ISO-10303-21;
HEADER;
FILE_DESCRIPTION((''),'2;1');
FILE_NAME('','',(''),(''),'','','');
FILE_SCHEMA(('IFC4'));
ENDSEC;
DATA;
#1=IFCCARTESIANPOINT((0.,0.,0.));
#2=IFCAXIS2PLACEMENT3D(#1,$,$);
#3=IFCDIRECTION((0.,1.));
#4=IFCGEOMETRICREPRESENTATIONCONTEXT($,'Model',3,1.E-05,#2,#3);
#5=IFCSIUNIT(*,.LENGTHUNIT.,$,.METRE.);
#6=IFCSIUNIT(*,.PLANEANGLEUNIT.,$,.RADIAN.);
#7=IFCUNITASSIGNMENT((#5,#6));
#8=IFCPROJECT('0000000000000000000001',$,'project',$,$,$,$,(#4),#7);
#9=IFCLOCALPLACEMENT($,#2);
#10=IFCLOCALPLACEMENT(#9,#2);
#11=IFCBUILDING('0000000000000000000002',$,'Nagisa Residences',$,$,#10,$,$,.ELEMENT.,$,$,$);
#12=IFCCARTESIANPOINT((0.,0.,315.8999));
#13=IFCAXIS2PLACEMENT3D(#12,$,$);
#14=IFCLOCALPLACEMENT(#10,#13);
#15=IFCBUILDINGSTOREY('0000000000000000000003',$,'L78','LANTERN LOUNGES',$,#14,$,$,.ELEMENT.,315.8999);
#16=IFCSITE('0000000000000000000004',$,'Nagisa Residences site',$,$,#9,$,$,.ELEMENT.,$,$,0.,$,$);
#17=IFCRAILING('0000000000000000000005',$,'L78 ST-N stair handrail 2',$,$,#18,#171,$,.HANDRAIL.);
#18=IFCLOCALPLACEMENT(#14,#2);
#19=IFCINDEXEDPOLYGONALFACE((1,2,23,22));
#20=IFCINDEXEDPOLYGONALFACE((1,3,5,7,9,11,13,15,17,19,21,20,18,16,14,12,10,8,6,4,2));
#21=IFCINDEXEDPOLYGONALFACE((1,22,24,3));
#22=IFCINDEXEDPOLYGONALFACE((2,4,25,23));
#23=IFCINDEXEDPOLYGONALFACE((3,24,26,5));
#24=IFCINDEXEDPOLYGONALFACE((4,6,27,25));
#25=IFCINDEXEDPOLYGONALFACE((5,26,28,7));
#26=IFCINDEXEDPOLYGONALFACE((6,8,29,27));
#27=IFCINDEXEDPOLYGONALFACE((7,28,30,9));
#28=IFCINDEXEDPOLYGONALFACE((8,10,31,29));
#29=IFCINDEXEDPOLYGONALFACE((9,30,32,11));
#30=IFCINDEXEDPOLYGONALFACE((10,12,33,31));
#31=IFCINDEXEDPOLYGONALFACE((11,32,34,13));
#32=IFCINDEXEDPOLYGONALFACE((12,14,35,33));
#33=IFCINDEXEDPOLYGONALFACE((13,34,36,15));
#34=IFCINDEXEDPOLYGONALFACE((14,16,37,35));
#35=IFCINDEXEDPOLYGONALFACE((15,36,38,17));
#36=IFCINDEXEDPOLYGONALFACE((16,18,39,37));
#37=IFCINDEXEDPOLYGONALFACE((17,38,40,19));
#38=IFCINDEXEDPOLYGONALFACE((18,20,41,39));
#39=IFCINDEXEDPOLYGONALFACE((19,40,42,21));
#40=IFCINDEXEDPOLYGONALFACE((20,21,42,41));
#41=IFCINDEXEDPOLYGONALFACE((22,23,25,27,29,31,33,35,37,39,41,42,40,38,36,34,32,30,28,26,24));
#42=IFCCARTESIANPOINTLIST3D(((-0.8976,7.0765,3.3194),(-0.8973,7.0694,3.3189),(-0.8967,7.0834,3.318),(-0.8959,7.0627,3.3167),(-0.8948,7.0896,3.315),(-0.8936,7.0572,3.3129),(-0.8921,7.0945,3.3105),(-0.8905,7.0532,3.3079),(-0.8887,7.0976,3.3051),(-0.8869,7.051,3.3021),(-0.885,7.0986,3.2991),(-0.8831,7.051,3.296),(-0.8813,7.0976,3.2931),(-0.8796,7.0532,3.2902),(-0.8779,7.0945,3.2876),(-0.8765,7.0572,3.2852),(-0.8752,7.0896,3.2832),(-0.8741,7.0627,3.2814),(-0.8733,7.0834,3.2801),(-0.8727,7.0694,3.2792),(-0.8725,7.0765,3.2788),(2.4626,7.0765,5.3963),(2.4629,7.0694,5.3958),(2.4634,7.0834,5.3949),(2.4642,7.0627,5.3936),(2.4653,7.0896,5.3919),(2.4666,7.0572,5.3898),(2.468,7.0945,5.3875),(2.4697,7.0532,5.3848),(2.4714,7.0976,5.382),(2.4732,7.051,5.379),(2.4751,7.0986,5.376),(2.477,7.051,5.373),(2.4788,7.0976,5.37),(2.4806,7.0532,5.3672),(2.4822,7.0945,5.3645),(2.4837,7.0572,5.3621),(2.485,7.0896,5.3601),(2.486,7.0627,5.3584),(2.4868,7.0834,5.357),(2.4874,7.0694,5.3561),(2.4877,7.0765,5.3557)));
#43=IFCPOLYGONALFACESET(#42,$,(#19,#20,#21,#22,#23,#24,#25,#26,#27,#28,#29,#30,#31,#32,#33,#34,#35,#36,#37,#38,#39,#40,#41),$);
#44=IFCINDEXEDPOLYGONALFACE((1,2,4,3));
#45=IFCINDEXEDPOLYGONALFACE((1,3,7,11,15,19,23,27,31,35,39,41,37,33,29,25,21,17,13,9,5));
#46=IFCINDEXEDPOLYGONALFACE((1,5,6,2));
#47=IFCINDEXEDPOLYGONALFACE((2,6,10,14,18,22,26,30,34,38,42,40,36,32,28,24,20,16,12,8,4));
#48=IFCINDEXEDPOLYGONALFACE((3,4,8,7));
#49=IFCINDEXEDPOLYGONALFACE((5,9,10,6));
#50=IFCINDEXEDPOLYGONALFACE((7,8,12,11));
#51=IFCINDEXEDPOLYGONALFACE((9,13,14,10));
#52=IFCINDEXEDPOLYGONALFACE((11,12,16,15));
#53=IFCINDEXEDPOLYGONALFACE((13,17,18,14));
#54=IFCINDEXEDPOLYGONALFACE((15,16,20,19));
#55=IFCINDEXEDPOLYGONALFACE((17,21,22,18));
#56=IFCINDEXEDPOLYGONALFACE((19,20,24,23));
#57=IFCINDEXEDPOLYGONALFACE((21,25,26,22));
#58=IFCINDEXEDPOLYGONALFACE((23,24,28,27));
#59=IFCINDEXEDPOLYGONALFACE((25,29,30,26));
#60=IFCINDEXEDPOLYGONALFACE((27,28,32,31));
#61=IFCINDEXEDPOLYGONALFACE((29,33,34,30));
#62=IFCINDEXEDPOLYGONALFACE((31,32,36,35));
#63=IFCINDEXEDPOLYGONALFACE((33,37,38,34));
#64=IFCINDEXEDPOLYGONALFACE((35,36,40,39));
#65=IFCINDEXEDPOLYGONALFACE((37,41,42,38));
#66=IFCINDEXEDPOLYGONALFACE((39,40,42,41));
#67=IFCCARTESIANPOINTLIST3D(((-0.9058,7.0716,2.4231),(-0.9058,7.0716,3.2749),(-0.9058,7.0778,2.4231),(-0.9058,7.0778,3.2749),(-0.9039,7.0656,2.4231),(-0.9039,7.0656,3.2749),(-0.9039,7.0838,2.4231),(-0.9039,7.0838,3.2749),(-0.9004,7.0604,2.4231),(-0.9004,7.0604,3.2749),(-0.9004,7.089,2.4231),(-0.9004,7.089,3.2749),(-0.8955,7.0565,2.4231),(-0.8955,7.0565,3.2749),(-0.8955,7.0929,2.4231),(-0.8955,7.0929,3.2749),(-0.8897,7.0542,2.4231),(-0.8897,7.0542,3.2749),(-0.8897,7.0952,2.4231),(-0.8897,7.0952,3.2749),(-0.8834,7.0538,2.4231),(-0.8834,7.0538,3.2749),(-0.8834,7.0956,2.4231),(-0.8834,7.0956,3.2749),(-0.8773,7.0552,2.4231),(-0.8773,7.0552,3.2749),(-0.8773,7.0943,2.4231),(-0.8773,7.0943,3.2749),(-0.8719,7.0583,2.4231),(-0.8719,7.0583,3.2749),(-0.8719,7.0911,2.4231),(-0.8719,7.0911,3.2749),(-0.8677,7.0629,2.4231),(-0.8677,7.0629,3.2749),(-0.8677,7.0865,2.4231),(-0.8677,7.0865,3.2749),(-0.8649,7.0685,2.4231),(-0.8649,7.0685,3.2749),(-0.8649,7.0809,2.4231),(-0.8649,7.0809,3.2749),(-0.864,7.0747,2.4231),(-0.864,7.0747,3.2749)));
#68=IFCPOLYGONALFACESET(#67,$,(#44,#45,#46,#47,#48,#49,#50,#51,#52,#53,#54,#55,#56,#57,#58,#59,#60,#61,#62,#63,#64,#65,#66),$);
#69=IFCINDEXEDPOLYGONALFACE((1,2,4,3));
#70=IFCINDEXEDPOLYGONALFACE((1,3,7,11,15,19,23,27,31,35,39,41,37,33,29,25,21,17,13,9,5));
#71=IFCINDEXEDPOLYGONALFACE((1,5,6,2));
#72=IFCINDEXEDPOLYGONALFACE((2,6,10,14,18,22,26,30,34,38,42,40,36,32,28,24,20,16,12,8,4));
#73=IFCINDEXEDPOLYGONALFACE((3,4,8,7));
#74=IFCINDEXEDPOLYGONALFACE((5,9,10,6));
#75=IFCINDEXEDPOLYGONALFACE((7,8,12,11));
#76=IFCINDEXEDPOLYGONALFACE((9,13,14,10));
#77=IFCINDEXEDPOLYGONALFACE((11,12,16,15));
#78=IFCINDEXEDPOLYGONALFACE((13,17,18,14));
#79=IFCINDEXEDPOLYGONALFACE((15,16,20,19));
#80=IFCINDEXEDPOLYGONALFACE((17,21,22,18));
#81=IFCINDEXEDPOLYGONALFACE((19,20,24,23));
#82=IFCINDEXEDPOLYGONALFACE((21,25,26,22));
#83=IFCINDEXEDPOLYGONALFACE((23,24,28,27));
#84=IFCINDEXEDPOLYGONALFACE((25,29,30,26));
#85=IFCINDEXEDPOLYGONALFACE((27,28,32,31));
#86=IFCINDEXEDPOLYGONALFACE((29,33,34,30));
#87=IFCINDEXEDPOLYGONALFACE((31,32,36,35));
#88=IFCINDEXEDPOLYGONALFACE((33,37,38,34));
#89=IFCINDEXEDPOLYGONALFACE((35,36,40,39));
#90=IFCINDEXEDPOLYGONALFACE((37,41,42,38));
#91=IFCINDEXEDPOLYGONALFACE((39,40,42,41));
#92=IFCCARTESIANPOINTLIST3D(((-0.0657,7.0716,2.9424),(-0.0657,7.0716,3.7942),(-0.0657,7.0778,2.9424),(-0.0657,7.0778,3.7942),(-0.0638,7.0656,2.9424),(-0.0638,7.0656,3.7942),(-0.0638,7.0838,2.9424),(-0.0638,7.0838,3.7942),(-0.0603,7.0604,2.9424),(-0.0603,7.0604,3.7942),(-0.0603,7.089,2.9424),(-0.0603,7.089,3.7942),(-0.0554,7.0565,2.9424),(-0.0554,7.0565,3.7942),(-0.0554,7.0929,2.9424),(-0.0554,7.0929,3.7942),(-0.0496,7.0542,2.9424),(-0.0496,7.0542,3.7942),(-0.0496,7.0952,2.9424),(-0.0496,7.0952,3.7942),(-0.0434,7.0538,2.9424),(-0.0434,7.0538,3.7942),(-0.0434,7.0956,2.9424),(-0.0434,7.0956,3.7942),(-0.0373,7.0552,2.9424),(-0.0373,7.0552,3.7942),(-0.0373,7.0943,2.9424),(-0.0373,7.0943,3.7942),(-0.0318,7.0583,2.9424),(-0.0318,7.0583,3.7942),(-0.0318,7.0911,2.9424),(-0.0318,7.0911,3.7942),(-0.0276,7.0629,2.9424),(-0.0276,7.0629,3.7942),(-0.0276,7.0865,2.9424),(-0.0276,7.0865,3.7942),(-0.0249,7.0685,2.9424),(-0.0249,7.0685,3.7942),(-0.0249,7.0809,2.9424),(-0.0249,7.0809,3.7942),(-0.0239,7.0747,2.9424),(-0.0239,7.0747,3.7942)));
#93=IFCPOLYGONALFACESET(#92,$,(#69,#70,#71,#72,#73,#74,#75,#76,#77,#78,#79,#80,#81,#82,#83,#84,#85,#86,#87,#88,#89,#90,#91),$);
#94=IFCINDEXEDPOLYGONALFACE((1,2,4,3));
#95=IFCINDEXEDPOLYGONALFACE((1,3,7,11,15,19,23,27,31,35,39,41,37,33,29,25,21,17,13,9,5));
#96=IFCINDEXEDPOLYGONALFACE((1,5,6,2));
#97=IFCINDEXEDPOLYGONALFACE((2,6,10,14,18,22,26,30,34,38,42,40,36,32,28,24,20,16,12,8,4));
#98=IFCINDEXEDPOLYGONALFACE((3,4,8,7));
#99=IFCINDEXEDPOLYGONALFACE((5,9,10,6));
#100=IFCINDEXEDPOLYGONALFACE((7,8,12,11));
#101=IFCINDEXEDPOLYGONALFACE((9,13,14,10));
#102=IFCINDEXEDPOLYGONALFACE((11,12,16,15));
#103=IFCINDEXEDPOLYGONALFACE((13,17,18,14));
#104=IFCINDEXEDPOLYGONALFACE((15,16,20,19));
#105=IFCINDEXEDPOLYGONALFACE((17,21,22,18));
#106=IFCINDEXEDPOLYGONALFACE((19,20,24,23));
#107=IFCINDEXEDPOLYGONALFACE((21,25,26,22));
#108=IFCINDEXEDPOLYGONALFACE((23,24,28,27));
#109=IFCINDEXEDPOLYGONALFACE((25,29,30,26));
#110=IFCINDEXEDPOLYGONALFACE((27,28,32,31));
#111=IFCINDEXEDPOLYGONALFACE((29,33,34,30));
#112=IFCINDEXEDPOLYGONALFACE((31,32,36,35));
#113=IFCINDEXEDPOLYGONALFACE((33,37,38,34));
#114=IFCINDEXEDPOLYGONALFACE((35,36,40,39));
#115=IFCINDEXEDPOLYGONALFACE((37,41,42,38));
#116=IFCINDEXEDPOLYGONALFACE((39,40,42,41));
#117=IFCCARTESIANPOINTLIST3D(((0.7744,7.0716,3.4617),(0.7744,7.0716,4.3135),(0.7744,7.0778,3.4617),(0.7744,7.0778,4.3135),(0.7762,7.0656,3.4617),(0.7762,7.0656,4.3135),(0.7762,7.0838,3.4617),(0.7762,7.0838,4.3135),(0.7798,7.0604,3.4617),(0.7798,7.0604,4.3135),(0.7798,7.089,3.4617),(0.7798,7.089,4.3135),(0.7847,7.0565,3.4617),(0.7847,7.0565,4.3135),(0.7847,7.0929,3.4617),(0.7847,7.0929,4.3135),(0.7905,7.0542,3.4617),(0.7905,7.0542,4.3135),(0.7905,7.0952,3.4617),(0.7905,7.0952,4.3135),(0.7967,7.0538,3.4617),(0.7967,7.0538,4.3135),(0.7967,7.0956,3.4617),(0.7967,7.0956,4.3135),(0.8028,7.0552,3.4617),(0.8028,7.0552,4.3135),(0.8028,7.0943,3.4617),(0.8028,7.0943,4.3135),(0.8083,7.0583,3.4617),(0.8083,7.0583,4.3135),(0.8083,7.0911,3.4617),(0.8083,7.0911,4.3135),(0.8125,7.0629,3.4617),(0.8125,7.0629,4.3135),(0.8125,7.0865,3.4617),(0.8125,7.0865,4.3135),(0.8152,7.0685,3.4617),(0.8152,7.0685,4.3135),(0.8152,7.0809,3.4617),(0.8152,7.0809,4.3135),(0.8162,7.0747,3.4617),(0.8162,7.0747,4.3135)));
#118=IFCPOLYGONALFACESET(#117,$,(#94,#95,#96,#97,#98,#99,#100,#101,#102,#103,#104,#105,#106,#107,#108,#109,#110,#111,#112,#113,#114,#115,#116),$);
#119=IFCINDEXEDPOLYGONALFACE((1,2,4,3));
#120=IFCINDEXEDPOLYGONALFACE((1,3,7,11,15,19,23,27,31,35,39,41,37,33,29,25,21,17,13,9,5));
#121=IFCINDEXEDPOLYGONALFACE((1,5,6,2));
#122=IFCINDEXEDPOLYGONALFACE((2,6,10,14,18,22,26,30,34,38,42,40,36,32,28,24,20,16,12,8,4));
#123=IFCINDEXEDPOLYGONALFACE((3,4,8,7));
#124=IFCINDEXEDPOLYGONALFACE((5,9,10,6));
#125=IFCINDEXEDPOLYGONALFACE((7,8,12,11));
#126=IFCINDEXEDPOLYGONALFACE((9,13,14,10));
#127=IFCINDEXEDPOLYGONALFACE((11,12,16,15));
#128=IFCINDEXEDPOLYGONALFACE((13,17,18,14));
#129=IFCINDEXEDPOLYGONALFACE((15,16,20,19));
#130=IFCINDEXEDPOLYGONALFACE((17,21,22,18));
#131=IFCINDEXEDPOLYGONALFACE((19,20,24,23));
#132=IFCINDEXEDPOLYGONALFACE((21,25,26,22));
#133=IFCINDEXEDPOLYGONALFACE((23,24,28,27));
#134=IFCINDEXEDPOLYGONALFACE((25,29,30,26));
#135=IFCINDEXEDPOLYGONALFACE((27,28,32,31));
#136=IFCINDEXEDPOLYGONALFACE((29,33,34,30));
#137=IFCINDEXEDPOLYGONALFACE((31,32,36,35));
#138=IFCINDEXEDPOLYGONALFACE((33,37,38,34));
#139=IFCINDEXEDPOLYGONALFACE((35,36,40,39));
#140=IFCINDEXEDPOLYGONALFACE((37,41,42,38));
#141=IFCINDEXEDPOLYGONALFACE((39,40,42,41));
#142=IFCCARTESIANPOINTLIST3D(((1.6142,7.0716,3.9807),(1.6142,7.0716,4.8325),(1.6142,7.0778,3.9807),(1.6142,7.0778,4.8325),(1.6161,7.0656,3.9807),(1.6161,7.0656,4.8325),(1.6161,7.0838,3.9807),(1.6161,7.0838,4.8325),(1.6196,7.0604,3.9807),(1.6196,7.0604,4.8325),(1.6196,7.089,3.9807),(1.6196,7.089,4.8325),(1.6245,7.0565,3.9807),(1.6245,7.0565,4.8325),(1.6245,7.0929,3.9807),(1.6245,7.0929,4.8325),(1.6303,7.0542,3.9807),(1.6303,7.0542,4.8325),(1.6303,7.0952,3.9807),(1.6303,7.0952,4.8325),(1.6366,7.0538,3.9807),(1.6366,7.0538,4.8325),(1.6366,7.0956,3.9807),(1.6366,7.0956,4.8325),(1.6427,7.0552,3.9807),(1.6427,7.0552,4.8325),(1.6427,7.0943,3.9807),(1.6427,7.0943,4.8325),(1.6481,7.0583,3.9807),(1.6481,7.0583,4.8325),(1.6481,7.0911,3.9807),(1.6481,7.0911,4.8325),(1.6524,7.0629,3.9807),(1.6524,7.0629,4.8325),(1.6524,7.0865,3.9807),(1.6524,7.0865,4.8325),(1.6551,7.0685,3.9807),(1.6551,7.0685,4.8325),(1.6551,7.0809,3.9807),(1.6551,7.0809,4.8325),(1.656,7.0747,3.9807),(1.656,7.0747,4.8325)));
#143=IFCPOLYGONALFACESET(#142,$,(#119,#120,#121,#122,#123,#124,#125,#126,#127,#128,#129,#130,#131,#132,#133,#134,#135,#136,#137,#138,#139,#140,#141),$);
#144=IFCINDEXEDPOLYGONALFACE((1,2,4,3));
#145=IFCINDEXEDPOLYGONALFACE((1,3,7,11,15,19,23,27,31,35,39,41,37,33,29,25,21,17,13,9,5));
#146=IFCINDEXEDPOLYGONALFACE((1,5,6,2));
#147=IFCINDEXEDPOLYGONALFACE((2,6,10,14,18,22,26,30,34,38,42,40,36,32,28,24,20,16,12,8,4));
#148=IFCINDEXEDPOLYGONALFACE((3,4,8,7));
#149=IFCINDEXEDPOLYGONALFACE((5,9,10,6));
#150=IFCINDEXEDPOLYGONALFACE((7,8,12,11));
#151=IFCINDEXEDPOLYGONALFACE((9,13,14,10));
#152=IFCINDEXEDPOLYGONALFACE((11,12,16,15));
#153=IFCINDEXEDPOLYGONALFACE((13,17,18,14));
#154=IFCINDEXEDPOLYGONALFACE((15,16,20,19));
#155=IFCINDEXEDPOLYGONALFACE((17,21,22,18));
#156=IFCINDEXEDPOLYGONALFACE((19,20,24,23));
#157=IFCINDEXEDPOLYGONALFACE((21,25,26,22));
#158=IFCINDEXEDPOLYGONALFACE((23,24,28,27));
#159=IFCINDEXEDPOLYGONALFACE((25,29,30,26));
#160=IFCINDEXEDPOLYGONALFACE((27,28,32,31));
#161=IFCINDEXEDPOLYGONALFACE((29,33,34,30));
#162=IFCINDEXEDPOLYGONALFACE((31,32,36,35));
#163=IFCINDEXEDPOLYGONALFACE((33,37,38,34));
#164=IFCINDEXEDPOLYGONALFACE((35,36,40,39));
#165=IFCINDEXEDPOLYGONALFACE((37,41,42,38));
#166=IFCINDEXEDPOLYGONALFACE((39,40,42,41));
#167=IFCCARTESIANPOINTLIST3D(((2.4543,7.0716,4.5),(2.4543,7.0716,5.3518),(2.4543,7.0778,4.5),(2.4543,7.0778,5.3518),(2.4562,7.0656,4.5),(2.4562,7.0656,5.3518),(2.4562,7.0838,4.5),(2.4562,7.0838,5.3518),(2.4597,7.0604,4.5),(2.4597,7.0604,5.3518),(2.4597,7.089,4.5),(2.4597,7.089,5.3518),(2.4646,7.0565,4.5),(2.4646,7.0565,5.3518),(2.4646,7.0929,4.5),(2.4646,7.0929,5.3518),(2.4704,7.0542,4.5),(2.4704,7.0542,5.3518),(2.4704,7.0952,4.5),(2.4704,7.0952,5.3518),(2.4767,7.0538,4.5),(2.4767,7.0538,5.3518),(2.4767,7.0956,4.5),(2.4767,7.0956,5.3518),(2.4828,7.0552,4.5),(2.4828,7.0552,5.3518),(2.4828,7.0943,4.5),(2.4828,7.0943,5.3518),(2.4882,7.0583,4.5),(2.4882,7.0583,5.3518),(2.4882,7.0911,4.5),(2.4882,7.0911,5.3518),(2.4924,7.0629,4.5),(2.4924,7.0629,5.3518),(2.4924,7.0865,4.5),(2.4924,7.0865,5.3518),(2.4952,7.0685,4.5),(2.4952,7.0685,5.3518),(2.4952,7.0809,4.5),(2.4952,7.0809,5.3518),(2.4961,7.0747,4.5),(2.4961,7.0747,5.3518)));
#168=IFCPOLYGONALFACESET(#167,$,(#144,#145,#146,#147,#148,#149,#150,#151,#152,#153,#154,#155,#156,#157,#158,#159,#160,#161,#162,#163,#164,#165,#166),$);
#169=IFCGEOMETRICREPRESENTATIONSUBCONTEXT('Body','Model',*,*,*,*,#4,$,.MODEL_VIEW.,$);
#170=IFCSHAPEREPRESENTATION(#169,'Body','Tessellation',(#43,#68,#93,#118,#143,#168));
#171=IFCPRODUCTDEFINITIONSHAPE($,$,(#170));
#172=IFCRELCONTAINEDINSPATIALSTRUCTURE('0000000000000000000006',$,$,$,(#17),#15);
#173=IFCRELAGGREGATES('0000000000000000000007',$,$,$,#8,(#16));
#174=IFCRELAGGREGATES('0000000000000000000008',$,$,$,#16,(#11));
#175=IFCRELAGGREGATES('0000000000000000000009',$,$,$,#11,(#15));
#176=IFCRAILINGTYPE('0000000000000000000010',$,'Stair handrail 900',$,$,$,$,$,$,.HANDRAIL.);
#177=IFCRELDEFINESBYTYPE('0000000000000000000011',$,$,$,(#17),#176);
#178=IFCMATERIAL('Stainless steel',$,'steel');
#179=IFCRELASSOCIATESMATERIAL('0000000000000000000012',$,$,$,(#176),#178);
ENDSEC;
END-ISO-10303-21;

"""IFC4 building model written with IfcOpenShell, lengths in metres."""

from ifc_helpers import new_model, si_unit, direction, frame, origin, origin_2d, place, context, subcontext, project, spatial, circle, extrude, material, type_object, element, save


model = new_model("IFC4")

# Units and contexts
model_context = context("Model", 3, precision=1e-05, world=origin(), true_north=direction((0.0, 1.0)))
body_context = subcontext(model_context, "Body", "Model", "MODEL_VIEW")
ifc_project = project(units=[si_unit("LENGTHUNIT", "METRE"), si_unit("PLANEANGLEUNIT", "RADIAN")], contexts=[model_context])

# Site, building, storey
site_placement = place(None, origin())
site = spatial("IfcSite", under=ifc_project, at=site_placement, Name="Nagisa Residences site", CompositionType="ELEMENT", RefElevation=0.0)
building_placement = place(site_placement, origin())
building = spatial("IfcBuilding", under=site, at=building_placement, Name="Nagisa Residences", CompositionType="ELEMENT")
storey_placement = place(building_placement, frame((0.0, 0.0, 315.8999)))
storey = spatial("IfcBuildingStorey", under=building, at=storey_placement, Name="L78", Description="LANTERN LOUNGES", CompositionType="ELEMENT", Elevation=315.8999)

# Railing
ifc_material_1 = material(Name="Stainless steel", Category="steel")
railing_type = type_object("IfcRailingType", Name="Stair handrail 900", PredefinedType="HANDRAIL", material=ifc_material_1)
railing_placement = place(storey_placement, frame((-0.885, 7.0747, 2.4231)))
element("IfcRailing", 1, at=railing_placement, inside=storey, type_object=railing_type, Name="L78 ST-N stair handrail 2", PredefinedType="HANDRAIL", context=body_context, shape_type="SweptSolid", body=[
    extrude(circle(Radius=0.0239, at=origin_2d()), frame((0.0, 0.0, 0.876), z_axis=(0.850623, 0.0, 0.525776), x_axis=(0.0, 1.0, 0.0)), (0.0, 0.0, 1.0), 3.9502),
    extrude(circle(Radius=0.021, at=origin_2d()), origin(), (0.0, 0.0, 1.0), 0.8518),
    extrude(circle(Radius=0.021, at=origin_2d()), frame((0.8401, 0.0, 0.5193)), (0.0, 0.0, 1.0), 0.8518),
    extrude(circle(Radius=0.021, at=origin_2d()), frame((1.6802, 0.0, 1.0386)), (0.0, 0.0, 1.0), 0.8518),
    extrude(circle(Radius=0.021, at=origin_2d()), frame((2.52, 0.0, 1.5576)), (0.0, 0.0, 1.0), 0.8518),
    extrude(circle(Radius=0.021, at=origin_2d()), frame((3.3601, 0.0, 2.0769)), (0.0, 0.0, 1.0), 0.8518),
])

save(model, "model.ifc")
